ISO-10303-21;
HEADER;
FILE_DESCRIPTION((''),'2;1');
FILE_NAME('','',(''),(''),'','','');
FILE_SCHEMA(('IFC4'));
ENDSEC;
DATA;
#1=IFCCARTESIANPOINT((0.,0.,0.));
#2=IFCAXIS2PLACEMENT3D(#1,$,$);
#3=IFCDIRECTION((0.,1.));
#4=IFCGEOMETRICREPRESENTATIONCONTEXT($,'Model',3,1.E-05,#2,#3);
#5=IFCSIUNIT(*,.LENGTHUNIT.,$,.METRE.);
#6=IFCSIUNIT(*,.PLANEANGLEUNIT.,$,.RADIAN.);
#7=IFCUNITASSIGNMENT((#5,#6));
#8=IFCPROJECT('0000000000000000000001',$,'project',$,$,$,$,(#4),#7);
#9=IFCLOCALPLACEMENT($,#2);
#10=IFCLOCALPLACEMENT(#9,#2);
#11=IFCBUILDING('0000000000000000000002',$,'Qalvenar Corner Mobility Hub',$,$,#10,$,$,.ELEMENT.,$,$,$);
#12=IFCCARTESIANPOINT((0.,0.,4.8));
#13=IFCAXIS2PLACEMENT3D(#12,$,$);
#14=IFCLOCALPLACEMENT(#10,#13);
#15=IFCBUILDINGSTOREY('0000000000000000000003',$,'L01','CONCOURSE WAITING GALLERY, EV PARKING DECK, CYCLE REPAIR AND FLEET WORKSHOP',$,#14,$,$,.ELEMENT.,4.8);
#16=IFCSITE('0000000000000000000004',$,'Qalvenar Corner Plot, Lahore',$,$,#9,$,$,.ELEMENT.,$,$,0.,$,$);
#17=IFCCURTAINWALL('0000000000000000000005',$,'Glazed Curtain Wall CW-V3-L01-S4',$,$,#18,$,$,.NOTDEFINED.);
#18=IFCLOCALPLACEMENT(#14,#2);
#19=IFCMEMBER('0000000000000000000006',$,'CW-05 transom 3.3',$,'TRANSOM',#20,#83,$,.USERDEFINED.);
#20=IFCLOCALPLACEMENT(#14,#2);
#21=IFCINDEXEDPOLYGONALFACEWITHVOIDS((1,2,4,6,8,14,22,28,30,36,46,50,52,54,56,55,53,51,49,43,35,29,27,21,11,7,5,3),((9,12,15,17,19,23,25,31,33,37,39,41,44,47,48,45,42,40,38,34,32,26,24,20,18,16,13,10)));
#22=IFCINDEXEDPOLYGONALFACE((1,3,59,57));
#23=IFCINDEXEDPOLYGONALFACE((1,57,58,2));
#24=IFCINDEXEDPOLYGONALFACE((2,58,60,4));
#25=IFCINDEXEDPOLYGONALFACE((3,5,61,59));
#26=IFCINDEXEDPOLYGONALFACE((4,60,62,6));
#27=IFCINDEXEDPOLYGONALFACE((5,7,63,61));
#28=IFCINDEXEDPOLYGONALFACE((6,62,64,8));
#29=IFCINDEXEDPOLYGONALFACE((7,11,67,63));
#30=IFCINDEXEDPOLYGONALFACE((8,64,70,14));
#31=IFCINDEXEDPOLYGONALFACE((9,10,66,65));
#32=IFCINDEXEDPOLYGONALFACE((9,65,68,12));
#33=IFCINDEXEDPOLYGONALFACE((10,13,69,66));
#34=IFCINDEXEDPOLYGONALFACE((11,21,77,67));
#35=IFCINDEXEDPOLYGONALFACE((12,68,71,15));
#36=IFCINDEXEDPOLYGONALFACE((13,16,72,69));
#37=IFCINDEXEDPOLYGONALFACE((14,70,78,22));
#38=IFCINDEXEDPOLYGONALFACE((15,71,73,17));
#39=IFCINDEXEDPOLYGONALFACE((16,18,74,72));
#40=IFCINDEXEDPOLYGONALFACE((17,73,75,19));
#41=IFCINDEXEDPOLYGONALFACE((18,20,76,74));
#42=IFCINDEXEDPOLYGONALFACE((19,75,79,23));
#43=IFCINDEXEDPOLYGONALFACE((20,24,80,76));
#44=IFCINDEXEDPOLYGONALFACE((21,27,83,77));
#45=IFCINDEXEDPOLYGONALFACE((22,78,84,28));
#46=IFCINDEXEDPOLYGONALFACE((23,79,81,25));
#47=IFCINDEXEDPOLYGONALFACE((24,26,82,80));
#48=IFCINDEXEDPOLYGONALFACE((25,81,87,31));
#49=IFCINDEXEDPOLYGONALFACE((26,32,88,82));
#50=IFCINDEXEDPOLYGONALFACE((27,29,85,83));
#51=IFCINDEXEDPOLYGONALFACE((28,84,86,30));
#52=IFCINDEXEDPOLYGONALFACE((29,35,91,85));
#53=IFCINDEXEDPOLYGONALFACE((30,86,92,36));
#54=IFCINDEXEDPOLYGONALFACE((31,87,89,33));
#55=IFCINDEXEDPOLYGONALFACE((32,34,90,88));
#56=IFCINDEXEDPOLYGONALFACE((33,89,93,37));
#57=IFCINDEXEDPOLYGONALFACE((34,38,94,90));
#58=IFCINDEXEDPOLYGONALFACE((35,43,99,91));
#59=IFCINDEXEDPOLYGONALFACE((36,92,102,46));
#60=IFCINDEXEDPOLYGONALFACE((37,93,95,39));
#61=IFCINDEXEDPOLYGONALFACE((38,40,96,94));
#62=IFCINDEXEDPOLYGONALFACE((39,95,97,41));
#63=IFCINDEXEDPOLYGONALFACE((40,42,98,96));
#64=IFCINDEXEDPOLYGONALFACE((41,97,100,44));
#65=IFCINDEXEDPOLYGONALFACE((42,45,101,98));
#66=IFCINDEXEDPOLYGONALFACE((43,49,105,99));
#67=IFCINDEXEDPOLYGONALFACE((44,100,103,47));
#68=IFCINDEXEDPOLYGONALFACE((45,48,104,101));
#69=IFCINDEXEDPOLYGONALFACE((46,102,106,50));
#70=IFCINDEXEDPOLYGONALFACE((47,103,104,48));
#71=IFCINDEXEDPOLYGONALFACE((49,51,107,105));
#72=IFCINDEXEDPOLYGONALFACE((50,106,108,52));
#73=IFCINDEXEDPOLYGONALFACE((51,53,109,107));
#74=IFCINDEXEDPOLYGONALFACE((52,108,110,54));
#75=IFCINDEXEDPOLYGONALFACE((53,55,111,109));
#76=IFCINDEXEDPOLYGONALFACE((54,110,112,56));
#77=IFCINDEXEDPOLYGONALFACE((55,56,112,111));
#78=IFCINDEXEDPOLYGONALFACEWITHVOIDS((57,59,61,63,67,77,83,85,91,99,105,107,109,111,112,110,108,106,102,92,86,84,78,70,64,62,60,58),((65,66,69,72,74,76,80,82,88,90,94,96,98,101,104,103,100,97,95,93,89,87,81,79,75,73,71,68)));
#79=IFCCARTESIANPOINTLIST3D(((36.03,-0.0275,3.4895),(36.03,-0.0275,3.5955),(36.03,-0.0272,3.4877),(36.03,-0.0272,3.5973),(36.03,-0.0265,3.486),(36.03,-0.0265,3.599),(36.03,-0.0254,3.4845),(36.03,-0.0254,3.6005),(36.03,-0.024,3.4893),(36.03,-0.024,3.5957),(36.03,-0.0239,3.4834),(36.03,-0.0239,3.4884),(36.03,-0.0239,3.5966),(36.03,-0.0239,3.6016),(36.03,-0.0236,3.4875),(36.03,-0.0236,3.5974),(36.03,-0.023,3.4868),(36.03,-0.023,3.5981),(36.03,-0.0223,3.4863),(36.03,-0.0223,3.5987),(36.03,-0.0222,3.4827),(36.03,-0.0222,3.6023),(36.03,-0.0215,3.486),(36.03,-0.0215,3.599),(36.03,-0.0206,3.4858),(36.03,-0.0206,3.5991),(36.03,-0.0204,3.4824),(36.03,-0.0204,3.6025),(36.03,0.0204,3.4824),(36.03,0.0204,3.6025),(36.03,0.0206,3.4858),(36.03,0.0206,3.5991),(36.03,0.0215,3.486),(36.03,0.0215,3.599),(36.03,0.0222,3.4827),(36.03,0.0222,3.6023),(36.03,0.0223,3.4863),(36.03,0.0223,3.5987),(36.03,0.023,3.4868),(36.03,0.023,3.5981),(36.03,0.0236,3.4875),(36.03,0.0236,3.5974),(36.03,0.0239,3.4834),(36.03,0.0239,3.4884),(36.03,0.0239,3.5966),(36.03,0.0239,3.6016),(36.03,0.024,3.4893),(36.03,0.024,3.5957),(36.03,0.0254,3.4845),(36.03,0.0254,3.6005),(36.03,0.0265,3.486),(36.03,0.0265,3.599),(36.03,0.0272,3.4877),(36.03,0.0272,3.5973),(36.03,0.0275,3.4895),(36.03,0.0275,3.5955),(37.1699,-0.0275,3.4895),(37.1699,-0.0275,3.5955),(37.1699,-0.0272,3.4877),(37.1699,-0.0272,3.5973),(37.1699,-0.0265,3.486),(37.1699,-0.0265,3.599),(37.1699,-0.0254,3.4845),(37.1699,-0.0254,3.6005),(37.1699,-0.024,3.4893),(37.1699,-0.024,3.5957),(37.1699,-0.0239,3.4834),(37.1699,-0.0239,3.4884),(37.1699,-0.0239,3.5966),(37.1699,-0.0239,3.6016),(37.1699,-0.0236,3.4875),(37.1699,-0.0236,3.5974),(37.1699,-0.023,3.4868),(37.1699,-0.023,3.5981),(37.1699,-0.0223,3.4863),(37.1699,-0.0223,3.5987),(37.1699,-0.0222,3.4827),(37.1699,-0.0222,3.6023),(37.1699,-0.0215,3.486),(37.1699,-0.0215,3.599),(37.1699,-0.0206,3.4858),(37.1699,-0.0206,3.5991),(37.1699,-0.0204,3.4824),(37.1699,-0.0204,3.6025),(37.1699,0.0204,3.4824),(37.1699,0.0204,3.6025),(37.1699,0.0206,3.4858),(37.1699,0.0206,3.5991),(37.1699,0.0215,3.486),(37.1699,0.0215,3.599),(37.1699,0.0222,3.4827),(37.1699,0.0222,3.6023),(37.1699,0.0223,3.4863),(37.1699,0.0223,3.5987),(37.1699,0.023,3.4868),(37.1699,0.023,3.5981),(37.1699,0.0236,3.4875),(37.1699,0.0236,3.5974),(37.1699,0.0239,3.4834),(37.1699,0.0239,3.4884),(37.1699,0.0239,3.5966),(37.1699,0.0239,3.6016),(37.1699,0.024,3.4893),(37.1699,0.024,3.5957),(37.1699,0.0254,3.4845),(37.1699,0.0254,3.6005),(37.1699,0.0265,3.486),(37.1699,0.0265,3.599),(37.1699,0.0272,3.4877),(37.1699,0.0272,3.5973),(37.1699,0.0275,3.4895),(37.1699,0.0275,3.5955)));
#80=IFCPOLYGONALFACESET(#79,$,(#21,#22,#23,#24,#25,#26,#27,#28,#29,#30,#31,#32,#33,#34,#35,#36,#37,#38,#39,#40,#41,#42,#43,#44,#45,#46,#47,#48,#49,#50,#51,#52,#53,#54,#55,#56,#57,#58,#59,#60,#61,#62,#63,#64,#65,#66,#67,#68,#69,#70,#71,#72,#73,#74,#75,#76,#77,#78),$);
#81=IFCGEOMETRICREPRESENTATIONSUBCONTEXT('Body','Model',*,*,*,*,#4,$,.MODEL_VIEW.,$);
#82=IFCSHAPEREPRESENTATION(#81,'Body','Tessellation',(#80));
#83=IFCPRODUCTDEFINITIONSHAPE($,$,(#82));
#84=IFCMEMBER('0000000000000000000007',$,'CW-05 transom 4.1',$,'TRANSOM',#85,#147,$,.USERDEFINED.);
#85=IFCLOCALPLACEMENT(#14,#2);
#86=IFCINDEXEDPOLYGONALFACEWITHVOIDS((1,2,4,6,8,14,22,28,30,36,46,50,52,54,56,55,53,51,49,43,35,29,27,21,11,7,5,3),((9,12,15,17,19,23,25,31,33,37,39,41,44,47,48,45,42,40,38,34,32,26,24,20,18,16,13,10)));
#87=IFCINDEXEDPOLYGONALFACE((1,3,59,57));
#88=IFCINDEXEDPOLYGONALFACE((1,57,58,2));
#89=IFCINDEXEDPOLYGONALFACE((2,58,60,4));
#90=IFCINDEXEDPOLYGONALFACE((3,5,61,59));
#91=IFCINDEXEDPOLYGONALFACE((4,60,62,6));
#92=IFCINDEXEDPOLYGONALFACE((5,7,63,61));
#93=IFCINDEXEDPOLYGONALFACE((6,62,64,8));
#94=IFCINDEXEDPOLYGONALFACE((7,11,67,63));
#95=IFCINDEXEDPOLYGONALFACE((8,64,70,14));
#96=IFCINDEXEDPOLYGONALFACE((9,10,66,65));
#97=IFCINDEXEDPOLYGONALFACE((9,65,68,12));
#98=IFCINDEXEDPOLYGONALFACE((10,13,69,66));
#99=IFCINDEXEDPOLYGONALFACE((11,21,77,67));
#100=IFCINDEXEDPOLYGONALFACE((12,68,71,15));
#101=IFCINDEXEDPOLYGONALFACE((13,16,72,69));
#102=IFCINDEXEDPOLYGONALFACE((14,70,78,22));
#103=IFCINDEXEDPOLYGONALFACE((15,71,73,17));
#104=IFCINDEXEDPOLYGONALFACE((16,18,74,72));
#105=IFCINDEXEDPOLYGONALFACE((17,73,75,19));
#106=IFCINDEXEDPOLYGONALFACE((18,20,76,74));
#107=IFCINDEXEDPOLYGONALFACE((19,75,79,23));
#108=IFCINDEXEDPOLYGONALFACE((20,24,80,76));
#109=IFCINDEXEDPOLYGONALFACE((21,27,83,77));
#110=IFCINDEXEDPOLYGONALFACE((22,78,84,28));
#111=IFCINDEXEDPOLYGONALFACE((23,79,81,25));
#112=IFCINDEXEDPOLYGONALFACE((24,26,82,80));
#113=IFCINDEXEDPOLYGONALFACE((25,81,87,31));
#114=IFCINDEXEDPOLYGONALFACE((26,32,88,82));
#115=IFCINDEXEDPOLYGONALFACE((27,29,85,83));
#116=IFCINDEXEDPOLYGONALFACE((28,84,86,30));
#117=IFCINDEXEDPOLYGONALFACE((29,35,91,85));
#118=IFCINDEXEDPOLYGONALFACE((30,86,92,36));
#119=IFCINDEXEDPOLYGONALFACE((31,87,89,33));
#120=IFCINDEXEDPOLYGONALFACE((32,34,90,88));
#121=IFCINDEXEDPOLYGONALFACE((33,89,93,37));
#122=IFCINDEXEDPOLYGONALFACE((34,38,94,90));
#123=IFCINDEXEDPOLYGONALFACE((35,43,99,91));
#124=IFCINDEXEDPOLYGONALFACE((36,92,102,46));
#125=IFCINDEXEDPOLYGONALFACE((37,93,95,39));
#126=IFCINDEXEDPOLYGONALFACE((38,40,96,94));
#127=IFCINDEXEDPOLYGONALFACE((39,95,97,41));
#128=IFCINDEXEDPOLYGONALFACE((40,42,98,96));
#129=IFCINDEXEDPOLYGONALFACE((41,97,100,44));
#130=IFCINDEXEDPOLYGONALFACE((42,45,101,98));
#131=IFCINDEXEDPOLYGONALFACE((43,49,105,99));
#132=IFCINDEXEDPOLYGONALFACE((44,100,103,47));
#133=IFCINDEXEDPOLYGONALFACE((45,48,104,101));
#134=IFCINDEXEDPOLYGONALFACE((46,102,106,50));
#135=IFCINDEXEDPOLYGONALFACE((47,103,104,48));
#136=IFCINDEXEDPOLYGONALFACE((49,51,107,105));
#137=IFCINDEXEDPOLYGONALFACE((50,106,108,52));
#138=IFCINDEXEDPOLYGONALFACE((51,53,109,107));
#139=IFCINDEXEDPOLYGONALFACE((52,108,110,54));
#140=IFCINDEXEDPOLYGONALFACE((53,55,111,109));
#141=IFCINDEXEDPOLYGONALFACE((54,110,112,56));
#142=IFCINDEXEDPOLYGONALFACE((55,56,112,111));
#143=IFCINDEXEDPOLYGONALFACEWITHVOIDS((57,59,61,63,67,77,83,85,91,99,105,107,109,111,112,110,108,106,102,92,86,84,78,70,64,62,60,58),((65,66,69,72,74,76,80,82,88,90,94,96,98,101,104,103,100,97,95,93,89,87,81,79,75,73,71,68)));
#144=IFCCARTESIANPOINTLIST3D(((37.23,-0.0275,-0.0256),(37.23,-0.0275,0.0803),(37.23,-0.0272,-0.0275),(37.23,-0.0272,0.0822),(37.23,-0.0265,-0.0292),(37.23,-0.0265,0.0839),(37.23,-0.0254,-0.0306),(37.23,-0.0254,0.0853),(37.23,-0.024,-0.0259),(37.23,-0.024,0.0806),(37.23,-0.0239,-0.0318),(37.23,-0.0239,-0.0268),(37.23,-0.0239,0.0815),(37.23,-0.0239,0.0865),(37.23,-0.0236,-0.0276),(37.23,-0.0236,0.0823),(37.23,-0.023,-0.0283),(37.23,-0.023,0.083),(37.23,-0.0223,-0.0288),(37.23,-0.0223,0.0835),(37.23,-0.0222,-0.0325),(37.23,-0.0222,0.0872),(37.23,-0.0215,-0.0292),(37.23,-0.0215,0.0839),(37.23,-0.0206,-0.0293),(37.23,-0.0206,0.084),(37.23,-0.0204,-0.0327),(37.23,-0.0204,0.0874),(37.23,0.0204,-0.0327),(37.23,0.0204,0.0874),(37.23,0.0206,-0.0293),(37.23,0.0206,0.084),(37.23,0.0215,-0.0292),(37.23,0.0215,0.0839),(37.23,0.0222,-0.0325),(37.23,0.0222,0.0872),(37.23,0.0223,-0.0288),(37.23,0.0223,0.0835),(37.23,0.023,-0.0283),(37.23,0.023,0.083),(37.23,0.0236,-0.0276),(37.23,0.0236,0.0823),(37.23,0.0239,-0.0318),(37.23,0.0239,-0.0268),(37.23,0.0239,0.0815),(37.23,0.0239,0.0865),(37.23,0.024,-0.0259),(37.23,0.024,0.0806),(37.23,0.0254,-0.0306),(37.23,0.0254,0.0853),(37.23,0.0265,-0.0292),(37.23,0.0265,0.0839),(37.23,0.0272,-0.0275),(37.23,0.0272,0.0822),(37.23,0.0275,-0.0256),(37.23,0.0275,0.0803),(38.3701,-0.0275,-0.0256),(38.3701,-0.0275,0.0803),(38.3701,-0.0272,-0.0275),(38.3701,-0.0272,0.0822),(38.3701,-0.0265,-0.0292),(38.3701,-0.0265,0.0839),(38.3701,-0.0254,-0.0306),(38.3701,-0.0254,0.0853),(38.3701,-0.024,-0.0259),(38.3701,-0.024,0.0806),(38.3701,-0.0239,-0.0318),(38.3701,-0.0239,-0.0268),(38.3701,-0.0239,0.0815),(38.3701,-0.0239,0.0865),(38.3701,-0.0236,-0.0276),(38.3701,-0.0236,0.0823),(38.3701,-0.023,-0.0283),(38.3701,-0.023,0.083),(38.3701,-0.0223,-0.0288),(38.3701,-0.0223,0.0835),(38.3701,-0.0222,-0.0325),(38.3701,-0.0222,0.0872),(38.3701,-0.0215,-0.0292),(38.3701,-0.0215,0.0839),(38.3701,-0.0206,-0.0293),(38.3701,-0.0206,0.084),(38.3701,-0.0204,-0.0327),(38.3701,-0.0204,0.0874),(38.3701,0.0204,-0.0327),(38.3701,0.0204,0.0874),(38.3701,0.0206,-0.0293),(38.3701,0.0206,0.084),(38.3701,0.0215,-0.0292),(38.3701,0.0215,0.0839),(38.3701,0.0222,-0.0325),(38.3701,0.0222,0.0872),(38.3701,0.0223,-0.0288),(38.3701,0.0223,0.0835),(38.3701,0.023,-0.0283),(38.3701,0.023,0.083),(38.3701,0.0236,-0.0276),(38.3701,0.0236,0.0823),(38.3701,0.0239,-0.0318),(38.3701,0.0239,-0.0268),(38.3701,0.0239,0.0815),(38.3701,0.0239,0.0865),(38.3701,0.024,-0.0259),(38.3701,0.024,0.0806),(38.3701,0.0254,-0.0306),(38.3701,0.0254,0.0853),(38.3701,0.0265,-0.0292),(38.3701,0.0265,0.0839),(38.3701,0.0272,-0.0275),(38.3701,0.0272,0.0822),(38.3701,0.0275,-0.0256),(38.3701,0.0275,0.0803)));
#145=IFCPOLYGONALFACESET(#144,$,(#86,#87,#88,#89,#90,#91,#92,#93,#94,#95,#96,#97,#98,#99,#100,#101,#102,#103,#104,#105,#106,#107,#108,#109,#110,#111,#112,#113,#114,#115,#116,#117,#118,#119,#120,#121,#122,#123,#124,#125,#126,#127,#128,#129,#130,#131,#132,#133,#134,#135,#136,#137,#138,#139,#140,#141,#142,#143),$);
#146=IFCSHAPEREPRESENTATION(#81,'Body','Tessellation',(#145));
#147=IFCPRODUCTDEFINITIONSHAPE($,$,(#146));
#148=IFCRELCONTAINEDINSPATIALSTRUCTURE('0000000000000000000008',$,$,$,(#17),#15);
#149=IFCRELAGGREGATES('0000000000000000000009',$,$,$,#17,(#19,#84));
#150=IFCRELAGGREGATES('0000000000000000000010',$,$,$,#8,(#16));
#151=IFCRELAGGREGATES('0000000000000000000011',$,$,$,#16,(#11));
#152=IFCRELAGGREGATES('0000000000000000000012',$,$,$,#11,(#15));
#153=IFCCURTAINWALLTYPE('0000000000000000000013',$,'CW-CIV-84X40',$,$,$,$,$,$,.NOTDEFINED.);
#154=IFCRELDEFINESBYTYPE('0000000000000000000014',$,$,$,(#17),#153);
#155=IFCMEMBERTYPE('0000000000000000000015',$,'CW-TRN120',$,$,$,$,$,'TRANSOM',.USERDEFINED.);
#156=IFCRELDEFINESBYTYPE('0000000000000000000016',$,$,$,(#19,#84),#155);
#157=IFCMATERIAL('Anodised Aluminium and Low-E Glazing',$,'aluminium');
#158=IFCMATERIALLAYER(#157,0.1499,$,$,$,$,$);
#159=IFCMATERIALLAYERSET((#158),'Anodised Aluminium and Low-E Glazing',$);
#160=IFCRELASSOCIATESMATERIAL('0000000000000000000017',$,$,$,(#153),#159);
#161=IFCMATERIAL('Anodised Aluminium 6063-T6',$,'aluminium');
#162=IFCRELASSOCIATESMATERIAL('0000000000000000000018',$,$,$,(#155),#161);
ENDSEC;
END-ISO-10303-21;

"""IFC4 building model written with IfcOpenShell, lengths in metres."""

from ifc_helpers import new_model, si_unit, direction, frame, origin, origin_2d, place, context, subcontext, project, spatial, hollow_rectangle, extrude, material, layer, layer_set, material_profile, profile_set, type_object, element, aggregate, save


model = new_model("IFC4")

# Units and contexts
model_context = context("Model", 3, precision=1e-05, world=origin(), true_north=direction((0.0, 1.0)))
body_context = subcontext(model_context, "Body", "Model", "MODEL_VIEW")
ifc_project = project(units=[si_unit("LENGTHUNIT", "METRE"), si_unit("PLANEANGLEUNIT", "RADIAN")], contexts=[model_context])

# Site, building, storey
site_placement = place(None, origin())
site = spatial("IfcSite", under=ifc_project, at=site_placement, Name="Qalvenar Corner Plot, Lahore", CompositionType="ELEMENT", RefElevation=0.0)
building_placement = place(site_placement, origin())
building = spatial("IfcBuilding", under=site, at=building_placement, Name="Qalvenar Corner Mobility Hub", CompositionType="ELEMENT")
storey_placement = place(building_placement, frame((0.0, 0.0, 4.8)))
storey = spatial("IfcBuildingStorey", under=building, at=storey_placement, Name="L01", Description="CONCOURSE WAITING GALLERY, EV PARKING DECK, CYCLE REPAIR AND FLEET WORKSHOP", CompositionType="ELEMENT", Elevation=4.8)

# Curtain wall, members
ifc_material_1 = material(Name="Anodised Aluminium and Low-E Glazing", Category="aluminium")
ifc_layer_1 = layer(ifc_material_1, 0.1499)
ifc_layer_set_1 = layer_set([ifc_layer_1], Name="Anodised Aluminium and Low-E Glazing")
curtain_wall_type = type_object("IfcCurtainWallType", Name="CW-CIV-84X40", PredefinedType="NOTDEFINED", material=ifc_layer_set_1)
curtain_wall_placement = place(storey_placement, origin())
curtain_wall = element("IfcCurtainWall", 1, at=curtain_wall_placement, inside=storey, type_object=curtain_wall_type, Name="Glazed Curtain Wall CW-V3-L01-S4", PredefinedType="NOTDEFINED")
ifc_material_2 = material(Name="Anodised Aluminium 6063-T6", Category="aluminium")
ifc_material_profile_1 = material_profile(ifc_material_2, hollow_rectangle(XDim=0.0549, YDim=0.1201, WallThickness=0.0034, InnerFilletRadius=0.0034, OuterFilletRadius=0.0071, at=origin_2d()), Name="RHS120x55x3.5")
ifc_profile_set_1 = profile_set([ifc_material_profile_1], Name="Anodised Aluminium 6063-T6")
member_type_1 = type_object("IfcMemberType", Name="CW-TRN120", ElementType="TRANSOM", PredefinedType="USERDEFINED", material=ifc_profile_set_1)
member_1_placement = place(storey_placement, frame((36.03, 0.0, 3.5425), z_axis=(1.0, 0.0, 0.0), x_axis=(0.0, 1.0, 0.0)))
member_1 = element("IfcMember", 2, at=member_1_placement, type_object=member_type_1, Name="CW-05 transom 3.3", ObjectType="TRANSOM", PredefinedType="USERDEFINED", context=body_context, shape_type="SweptSolid", body=[
    extrude(hollow_rectangle(XDim=0.0549, YDim=0.1201, WallThickness=0.0034, InnerFilletRadius=0.0034, OuterFilletRadius=0.0071, at=origin_2d()), origin(), (0.0, 0.0, 1.0), 1.1399),
])
member_2_placement = place(storey_placement, frame((37.23, 0.0, 0.0273), z_axis=(1.0, 0.0, 0.0), x_axis=(0.0, 1.0, 0.0)))
member_2 = element("IfcMember", 3, at=member_2_placement, type_object=member_type_1, Name="CW-05 transom 4.1", ObjectType="TRANSOM", PredefinedType="USERDEFINED", context=body_context, shape_type="SweptSolid", body=[
    extrude(hollow_rectangle(XDim=0.0549, YDim=0.1201, WallThickness=0.0034, InnerFilletRadius=0.0034, OuterFilletRadius=0.0071, at=origin_2d()), origin(), (0.0, 0.0, 1.0), 1.1401),
])
aggregate(curtain_wall, [member_1, member_2])

save(model, "model.ifc")
